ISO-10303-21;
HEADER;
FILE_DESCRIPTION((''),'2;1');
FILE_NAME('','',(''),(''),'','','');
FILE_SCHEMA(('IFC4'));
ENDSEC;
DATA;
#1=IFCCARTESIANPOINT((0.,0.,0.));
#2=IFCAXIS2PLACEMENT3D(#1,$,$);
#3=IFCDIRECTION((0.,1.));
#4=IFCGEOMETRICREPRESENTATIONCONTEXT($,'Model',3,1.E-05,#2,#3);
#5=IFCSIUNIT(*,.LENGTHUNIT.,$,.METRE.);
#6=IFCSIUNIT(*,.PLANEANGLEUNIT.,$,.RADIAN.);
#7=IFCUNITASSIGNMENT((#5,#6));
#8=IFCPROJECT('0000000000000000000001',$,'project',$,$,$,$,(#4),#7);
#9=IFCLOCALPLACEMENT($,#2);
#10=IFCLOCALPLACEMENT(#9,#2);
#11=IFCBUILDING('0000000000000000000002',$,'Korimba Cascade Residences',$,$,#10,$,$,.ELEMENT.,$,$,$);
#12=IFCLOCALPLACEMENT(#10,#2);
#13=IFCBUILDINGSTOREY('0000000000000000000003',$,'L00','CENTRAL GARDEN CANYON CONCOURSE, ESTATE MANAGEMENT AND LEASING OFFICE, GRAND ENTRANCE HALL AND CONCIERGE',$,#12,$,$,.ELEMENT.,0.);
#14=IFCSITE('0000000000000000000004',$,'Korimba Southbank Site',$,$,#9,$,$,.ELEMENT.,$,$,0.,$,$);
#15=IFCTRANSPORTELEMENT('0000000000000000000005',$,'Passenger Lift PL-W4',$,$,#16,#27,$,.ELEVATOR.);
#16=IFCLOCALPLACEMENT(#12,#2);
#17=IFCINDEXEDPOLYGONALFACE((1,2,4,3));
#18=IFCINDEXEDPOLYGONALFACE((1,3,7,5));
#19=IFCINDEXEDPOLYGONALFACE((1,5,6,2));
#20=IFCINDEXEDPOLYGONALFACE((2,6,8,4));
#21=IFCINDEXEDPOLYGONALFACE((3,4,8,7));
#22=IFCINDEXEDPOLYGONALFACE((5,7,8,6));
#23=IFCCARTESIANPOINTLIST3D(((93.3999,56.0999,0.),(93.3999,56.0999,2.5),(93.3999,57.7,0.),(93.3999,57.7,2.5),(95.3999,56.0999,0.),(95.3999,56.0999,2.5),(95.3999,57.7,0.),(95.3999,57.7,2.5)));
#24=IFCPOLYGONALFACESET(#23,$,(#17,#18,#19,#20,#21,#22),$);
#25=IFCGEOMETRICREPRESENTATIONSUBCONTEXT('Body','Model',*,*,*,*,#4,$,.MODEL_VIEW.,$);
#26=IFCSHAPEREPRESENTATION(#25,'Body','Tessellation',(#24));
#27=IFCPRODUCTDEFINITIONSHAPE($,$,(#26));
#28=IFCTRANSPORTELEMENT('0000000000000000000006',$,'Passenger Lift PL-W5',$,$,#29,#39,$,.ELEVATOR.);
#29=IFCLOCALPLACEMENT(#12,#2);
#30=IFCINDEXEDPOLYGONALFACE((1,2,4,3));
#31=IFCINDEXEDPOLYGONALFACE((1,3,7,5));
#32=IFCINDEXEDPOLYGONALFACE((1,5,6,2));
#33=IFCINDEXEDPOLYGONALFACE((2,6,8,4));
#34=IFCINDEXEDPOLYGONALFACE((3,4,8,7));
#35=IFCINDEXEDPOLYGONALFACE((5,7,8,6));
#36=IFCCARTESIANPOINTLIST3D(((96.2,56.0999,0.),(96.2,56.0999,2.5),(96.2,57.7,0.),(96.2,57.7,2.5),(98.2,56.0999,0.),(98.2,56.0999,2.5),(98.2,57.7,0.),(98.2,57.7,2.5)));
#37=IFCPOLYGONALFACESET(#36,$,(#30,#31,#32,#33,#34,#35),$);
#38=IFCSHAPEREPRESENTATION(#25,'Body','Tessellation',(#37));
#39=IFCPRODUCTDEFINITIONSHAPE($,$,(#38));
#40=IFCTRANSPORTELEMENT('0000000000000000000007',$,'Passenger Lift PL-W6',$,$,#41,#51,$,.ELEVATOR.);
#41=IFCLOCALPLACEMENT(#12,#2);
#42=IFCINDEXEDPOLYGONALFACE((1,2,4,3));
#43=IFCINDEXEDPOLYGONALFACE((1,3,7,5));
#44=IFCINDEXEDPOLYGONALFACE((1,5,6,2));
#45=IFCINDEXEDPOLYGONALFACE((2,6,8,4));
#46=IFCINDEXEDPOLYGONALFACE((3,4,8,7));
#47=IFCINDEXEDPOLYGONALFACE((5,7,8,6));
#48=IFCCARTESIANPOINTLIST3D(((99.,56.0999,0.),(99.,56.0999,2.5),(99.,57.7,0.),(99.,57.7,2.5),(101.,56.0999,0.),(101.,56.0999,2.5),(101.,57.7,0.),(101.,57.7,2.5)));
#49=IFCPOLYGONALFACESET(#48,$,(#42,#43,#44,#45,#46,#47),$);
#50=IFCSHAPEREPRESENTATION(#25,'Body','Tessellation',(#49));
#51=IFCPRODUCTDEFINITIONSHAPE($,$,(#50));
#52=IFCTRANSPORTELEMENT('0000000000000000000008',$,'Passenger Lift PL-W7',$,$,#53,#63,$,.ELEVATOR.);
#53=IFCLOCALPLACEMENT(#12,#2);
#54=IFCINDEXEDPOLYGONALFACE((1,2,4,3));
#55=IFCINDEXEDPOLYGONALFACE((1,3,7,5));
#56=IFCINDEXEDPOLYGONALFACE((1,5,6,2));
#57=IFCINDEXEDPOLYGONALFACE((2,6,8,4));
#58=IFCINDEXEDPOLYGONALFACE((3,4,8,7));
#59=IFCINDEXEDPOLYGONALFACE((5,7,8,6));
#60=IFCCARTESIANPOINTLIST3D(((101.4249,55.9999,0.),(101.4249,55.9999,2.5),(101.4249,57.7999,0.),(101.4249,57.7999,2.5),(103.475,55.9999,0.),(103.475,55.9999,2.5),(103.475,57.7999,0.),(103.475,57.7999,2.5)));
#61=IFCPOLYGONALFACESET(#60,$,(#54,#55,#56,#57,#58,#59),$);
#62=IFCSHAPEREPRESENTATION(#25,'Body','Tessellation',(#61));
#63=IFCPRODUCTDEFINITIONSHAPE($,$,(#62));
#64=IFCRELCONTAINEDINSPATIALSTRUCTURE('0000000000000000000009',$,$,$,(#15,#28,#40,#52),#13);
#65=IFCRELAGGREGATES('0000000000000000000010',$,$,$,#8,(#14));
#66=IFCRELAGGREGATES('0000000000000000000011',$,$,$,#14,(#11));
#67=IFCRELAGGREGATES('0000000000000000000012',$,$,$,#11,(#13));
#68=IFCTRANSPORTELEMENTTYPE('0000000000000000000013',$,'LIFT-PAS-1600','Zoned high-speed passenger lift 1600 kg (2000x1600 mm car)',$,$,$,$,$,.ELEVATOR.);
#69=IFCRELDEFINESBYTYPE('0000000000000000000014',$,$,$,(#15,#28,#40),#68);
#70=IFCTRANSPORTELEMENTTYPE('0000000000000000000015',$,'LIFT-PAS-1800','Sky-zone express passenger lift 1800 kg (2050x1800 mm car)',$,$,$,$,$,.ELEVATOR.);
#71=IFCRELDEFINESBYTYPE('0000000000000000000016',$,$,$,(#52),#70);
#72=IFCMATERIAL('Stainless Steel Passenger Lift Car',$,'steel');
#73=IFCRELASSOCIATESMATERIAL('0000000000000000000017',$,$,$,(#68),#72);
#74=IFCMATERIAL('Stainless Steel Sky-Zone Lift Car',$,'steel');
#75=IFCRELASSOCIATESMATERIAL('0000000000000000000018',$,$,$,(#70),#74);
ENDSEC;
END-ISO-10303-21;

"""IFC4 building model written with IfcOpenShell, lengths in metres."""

from ifc_helpers import new_model, si_unit, direction, frame, origin, origin_2d, place, context, subcontext, project, spatial, rectangle, extrude, material, type_object, element, save


model = new_model("IFC4")

# Units and contexts
model_context = context("Model", 3, precision=1e-05, world=origin(), true_north=direction((0.0, 1.0)))
body_context = subcontext(model_context, "Body", "Model", "MODEL_VIEW")
ifc_project = project(units=[si_unit("LENGTHUNIT", "METRE"), si_unit("PLANEANGLEUNIT", "RADIAN")], contexts=[model_context])

# Site, building, storey
site_placement = place(None, origin())
site = spatial("IfcSite", under=ifc_project, at=site_placement, Name="Korimba Southbank Site", CompositionType="ELEMENT", RefElevation=0.0)
building_placement = place(site_placement, origin())
building = spatial("IfcBuilding", under=site, at=building_placement, Name="Korimba Cascade Residences", CompositionType="ELEMENT")
storey_placement = place(building_placement, origin())
storey = spatial("IfcBuildingStorey", under=building, at=storey_placement, Name="L00", Description="CENTRAL GARDEN CANYON CONCOURSE, ESTATE MANAGEMENT AND LEASING OFFICE, GRAND ENTRANCE HALL AND CONCIERGE", CompositionType="ELEMENT", Elevation=0.0)

# Transport elements
ifc_material_1 = material(Name="Stainless Steel Passenger Lift Car", Category="steel")
transport_element_type_1 = type_object("IfcTransportElementType", Name="LIFT-PAS-1600", Description="Zoned high-speed passenger lift 1600 kg (2000x1600 mm car)", PredefinedType="ELEVATOR", material=ifc_material_1)
for number, where, z_axis, x_axis, name in (
    (1, (94.3999, 56.8999, 0.0), (0.0, 0.0, 1.0), (1.0, 0.0, 0.0), "Passenger Lift PL-W4"),
    (2, (97.2, 56.8999, 0.0), (0.0, 0.0, 1.0), (1.0, 0.0, 0.0), "Passenger Lift PL-W5"),
    (3, (100.0, 56.8999, 0.0), (0.0, 0.0, 1.0), (1.0, 0.0, 0.0), "Passenger Lift PL-W6"),
):
    element("IfcTransportElement", number, at=place(storey_placement, frame(where, z_axis=z_axis, x_axis=x_axis)), inside=storey, type_object=transport_element_type_1, Name=name, PredefinedType="ELEVATOR", context=body_context, shape_type="SweptSolid", body=[
        extrude(rectangle(XDim=2.0, YDim=1.6001, at=origin_2d()), origin(), (0.0, 0.0, 1.0), 2.5),
    ])
ifc_material_2 = material(Name="Stainless Steel Sky-Zone Lift Car", Category="steel")
transport_element_type_2 = type_object("IfcTransportElementType", Name="LIFT-PAS-1800", Description="Sky-zone express passenger lift 1800 kg (2050x1800 mm car)", PredefinedType="ELEVATOR", material=ifc_material_2)
transport_element_placement = place(storey_placement, frame((102.45, 56.8999, 0.0), z_axis=(0.0, 0.0, 1.0), x_axis=(1.0, 0.0, 0.0)))
element("IfcTransportElement", 4, at=transport_element_placement, inside=storey, type_object=transport_element_type_2, Name="Passenger Lift PL-W7", PredefinedType="ELEVATOR", context=body_context, shape_type="SweptSolid", body=[
    extrude(rectangle(XDim=2.05, YDim=1.8, at=origin_2d()), origin(), (0.0, 0.0, 1.0), 2.5),
])

save(model, "model.ifc")
